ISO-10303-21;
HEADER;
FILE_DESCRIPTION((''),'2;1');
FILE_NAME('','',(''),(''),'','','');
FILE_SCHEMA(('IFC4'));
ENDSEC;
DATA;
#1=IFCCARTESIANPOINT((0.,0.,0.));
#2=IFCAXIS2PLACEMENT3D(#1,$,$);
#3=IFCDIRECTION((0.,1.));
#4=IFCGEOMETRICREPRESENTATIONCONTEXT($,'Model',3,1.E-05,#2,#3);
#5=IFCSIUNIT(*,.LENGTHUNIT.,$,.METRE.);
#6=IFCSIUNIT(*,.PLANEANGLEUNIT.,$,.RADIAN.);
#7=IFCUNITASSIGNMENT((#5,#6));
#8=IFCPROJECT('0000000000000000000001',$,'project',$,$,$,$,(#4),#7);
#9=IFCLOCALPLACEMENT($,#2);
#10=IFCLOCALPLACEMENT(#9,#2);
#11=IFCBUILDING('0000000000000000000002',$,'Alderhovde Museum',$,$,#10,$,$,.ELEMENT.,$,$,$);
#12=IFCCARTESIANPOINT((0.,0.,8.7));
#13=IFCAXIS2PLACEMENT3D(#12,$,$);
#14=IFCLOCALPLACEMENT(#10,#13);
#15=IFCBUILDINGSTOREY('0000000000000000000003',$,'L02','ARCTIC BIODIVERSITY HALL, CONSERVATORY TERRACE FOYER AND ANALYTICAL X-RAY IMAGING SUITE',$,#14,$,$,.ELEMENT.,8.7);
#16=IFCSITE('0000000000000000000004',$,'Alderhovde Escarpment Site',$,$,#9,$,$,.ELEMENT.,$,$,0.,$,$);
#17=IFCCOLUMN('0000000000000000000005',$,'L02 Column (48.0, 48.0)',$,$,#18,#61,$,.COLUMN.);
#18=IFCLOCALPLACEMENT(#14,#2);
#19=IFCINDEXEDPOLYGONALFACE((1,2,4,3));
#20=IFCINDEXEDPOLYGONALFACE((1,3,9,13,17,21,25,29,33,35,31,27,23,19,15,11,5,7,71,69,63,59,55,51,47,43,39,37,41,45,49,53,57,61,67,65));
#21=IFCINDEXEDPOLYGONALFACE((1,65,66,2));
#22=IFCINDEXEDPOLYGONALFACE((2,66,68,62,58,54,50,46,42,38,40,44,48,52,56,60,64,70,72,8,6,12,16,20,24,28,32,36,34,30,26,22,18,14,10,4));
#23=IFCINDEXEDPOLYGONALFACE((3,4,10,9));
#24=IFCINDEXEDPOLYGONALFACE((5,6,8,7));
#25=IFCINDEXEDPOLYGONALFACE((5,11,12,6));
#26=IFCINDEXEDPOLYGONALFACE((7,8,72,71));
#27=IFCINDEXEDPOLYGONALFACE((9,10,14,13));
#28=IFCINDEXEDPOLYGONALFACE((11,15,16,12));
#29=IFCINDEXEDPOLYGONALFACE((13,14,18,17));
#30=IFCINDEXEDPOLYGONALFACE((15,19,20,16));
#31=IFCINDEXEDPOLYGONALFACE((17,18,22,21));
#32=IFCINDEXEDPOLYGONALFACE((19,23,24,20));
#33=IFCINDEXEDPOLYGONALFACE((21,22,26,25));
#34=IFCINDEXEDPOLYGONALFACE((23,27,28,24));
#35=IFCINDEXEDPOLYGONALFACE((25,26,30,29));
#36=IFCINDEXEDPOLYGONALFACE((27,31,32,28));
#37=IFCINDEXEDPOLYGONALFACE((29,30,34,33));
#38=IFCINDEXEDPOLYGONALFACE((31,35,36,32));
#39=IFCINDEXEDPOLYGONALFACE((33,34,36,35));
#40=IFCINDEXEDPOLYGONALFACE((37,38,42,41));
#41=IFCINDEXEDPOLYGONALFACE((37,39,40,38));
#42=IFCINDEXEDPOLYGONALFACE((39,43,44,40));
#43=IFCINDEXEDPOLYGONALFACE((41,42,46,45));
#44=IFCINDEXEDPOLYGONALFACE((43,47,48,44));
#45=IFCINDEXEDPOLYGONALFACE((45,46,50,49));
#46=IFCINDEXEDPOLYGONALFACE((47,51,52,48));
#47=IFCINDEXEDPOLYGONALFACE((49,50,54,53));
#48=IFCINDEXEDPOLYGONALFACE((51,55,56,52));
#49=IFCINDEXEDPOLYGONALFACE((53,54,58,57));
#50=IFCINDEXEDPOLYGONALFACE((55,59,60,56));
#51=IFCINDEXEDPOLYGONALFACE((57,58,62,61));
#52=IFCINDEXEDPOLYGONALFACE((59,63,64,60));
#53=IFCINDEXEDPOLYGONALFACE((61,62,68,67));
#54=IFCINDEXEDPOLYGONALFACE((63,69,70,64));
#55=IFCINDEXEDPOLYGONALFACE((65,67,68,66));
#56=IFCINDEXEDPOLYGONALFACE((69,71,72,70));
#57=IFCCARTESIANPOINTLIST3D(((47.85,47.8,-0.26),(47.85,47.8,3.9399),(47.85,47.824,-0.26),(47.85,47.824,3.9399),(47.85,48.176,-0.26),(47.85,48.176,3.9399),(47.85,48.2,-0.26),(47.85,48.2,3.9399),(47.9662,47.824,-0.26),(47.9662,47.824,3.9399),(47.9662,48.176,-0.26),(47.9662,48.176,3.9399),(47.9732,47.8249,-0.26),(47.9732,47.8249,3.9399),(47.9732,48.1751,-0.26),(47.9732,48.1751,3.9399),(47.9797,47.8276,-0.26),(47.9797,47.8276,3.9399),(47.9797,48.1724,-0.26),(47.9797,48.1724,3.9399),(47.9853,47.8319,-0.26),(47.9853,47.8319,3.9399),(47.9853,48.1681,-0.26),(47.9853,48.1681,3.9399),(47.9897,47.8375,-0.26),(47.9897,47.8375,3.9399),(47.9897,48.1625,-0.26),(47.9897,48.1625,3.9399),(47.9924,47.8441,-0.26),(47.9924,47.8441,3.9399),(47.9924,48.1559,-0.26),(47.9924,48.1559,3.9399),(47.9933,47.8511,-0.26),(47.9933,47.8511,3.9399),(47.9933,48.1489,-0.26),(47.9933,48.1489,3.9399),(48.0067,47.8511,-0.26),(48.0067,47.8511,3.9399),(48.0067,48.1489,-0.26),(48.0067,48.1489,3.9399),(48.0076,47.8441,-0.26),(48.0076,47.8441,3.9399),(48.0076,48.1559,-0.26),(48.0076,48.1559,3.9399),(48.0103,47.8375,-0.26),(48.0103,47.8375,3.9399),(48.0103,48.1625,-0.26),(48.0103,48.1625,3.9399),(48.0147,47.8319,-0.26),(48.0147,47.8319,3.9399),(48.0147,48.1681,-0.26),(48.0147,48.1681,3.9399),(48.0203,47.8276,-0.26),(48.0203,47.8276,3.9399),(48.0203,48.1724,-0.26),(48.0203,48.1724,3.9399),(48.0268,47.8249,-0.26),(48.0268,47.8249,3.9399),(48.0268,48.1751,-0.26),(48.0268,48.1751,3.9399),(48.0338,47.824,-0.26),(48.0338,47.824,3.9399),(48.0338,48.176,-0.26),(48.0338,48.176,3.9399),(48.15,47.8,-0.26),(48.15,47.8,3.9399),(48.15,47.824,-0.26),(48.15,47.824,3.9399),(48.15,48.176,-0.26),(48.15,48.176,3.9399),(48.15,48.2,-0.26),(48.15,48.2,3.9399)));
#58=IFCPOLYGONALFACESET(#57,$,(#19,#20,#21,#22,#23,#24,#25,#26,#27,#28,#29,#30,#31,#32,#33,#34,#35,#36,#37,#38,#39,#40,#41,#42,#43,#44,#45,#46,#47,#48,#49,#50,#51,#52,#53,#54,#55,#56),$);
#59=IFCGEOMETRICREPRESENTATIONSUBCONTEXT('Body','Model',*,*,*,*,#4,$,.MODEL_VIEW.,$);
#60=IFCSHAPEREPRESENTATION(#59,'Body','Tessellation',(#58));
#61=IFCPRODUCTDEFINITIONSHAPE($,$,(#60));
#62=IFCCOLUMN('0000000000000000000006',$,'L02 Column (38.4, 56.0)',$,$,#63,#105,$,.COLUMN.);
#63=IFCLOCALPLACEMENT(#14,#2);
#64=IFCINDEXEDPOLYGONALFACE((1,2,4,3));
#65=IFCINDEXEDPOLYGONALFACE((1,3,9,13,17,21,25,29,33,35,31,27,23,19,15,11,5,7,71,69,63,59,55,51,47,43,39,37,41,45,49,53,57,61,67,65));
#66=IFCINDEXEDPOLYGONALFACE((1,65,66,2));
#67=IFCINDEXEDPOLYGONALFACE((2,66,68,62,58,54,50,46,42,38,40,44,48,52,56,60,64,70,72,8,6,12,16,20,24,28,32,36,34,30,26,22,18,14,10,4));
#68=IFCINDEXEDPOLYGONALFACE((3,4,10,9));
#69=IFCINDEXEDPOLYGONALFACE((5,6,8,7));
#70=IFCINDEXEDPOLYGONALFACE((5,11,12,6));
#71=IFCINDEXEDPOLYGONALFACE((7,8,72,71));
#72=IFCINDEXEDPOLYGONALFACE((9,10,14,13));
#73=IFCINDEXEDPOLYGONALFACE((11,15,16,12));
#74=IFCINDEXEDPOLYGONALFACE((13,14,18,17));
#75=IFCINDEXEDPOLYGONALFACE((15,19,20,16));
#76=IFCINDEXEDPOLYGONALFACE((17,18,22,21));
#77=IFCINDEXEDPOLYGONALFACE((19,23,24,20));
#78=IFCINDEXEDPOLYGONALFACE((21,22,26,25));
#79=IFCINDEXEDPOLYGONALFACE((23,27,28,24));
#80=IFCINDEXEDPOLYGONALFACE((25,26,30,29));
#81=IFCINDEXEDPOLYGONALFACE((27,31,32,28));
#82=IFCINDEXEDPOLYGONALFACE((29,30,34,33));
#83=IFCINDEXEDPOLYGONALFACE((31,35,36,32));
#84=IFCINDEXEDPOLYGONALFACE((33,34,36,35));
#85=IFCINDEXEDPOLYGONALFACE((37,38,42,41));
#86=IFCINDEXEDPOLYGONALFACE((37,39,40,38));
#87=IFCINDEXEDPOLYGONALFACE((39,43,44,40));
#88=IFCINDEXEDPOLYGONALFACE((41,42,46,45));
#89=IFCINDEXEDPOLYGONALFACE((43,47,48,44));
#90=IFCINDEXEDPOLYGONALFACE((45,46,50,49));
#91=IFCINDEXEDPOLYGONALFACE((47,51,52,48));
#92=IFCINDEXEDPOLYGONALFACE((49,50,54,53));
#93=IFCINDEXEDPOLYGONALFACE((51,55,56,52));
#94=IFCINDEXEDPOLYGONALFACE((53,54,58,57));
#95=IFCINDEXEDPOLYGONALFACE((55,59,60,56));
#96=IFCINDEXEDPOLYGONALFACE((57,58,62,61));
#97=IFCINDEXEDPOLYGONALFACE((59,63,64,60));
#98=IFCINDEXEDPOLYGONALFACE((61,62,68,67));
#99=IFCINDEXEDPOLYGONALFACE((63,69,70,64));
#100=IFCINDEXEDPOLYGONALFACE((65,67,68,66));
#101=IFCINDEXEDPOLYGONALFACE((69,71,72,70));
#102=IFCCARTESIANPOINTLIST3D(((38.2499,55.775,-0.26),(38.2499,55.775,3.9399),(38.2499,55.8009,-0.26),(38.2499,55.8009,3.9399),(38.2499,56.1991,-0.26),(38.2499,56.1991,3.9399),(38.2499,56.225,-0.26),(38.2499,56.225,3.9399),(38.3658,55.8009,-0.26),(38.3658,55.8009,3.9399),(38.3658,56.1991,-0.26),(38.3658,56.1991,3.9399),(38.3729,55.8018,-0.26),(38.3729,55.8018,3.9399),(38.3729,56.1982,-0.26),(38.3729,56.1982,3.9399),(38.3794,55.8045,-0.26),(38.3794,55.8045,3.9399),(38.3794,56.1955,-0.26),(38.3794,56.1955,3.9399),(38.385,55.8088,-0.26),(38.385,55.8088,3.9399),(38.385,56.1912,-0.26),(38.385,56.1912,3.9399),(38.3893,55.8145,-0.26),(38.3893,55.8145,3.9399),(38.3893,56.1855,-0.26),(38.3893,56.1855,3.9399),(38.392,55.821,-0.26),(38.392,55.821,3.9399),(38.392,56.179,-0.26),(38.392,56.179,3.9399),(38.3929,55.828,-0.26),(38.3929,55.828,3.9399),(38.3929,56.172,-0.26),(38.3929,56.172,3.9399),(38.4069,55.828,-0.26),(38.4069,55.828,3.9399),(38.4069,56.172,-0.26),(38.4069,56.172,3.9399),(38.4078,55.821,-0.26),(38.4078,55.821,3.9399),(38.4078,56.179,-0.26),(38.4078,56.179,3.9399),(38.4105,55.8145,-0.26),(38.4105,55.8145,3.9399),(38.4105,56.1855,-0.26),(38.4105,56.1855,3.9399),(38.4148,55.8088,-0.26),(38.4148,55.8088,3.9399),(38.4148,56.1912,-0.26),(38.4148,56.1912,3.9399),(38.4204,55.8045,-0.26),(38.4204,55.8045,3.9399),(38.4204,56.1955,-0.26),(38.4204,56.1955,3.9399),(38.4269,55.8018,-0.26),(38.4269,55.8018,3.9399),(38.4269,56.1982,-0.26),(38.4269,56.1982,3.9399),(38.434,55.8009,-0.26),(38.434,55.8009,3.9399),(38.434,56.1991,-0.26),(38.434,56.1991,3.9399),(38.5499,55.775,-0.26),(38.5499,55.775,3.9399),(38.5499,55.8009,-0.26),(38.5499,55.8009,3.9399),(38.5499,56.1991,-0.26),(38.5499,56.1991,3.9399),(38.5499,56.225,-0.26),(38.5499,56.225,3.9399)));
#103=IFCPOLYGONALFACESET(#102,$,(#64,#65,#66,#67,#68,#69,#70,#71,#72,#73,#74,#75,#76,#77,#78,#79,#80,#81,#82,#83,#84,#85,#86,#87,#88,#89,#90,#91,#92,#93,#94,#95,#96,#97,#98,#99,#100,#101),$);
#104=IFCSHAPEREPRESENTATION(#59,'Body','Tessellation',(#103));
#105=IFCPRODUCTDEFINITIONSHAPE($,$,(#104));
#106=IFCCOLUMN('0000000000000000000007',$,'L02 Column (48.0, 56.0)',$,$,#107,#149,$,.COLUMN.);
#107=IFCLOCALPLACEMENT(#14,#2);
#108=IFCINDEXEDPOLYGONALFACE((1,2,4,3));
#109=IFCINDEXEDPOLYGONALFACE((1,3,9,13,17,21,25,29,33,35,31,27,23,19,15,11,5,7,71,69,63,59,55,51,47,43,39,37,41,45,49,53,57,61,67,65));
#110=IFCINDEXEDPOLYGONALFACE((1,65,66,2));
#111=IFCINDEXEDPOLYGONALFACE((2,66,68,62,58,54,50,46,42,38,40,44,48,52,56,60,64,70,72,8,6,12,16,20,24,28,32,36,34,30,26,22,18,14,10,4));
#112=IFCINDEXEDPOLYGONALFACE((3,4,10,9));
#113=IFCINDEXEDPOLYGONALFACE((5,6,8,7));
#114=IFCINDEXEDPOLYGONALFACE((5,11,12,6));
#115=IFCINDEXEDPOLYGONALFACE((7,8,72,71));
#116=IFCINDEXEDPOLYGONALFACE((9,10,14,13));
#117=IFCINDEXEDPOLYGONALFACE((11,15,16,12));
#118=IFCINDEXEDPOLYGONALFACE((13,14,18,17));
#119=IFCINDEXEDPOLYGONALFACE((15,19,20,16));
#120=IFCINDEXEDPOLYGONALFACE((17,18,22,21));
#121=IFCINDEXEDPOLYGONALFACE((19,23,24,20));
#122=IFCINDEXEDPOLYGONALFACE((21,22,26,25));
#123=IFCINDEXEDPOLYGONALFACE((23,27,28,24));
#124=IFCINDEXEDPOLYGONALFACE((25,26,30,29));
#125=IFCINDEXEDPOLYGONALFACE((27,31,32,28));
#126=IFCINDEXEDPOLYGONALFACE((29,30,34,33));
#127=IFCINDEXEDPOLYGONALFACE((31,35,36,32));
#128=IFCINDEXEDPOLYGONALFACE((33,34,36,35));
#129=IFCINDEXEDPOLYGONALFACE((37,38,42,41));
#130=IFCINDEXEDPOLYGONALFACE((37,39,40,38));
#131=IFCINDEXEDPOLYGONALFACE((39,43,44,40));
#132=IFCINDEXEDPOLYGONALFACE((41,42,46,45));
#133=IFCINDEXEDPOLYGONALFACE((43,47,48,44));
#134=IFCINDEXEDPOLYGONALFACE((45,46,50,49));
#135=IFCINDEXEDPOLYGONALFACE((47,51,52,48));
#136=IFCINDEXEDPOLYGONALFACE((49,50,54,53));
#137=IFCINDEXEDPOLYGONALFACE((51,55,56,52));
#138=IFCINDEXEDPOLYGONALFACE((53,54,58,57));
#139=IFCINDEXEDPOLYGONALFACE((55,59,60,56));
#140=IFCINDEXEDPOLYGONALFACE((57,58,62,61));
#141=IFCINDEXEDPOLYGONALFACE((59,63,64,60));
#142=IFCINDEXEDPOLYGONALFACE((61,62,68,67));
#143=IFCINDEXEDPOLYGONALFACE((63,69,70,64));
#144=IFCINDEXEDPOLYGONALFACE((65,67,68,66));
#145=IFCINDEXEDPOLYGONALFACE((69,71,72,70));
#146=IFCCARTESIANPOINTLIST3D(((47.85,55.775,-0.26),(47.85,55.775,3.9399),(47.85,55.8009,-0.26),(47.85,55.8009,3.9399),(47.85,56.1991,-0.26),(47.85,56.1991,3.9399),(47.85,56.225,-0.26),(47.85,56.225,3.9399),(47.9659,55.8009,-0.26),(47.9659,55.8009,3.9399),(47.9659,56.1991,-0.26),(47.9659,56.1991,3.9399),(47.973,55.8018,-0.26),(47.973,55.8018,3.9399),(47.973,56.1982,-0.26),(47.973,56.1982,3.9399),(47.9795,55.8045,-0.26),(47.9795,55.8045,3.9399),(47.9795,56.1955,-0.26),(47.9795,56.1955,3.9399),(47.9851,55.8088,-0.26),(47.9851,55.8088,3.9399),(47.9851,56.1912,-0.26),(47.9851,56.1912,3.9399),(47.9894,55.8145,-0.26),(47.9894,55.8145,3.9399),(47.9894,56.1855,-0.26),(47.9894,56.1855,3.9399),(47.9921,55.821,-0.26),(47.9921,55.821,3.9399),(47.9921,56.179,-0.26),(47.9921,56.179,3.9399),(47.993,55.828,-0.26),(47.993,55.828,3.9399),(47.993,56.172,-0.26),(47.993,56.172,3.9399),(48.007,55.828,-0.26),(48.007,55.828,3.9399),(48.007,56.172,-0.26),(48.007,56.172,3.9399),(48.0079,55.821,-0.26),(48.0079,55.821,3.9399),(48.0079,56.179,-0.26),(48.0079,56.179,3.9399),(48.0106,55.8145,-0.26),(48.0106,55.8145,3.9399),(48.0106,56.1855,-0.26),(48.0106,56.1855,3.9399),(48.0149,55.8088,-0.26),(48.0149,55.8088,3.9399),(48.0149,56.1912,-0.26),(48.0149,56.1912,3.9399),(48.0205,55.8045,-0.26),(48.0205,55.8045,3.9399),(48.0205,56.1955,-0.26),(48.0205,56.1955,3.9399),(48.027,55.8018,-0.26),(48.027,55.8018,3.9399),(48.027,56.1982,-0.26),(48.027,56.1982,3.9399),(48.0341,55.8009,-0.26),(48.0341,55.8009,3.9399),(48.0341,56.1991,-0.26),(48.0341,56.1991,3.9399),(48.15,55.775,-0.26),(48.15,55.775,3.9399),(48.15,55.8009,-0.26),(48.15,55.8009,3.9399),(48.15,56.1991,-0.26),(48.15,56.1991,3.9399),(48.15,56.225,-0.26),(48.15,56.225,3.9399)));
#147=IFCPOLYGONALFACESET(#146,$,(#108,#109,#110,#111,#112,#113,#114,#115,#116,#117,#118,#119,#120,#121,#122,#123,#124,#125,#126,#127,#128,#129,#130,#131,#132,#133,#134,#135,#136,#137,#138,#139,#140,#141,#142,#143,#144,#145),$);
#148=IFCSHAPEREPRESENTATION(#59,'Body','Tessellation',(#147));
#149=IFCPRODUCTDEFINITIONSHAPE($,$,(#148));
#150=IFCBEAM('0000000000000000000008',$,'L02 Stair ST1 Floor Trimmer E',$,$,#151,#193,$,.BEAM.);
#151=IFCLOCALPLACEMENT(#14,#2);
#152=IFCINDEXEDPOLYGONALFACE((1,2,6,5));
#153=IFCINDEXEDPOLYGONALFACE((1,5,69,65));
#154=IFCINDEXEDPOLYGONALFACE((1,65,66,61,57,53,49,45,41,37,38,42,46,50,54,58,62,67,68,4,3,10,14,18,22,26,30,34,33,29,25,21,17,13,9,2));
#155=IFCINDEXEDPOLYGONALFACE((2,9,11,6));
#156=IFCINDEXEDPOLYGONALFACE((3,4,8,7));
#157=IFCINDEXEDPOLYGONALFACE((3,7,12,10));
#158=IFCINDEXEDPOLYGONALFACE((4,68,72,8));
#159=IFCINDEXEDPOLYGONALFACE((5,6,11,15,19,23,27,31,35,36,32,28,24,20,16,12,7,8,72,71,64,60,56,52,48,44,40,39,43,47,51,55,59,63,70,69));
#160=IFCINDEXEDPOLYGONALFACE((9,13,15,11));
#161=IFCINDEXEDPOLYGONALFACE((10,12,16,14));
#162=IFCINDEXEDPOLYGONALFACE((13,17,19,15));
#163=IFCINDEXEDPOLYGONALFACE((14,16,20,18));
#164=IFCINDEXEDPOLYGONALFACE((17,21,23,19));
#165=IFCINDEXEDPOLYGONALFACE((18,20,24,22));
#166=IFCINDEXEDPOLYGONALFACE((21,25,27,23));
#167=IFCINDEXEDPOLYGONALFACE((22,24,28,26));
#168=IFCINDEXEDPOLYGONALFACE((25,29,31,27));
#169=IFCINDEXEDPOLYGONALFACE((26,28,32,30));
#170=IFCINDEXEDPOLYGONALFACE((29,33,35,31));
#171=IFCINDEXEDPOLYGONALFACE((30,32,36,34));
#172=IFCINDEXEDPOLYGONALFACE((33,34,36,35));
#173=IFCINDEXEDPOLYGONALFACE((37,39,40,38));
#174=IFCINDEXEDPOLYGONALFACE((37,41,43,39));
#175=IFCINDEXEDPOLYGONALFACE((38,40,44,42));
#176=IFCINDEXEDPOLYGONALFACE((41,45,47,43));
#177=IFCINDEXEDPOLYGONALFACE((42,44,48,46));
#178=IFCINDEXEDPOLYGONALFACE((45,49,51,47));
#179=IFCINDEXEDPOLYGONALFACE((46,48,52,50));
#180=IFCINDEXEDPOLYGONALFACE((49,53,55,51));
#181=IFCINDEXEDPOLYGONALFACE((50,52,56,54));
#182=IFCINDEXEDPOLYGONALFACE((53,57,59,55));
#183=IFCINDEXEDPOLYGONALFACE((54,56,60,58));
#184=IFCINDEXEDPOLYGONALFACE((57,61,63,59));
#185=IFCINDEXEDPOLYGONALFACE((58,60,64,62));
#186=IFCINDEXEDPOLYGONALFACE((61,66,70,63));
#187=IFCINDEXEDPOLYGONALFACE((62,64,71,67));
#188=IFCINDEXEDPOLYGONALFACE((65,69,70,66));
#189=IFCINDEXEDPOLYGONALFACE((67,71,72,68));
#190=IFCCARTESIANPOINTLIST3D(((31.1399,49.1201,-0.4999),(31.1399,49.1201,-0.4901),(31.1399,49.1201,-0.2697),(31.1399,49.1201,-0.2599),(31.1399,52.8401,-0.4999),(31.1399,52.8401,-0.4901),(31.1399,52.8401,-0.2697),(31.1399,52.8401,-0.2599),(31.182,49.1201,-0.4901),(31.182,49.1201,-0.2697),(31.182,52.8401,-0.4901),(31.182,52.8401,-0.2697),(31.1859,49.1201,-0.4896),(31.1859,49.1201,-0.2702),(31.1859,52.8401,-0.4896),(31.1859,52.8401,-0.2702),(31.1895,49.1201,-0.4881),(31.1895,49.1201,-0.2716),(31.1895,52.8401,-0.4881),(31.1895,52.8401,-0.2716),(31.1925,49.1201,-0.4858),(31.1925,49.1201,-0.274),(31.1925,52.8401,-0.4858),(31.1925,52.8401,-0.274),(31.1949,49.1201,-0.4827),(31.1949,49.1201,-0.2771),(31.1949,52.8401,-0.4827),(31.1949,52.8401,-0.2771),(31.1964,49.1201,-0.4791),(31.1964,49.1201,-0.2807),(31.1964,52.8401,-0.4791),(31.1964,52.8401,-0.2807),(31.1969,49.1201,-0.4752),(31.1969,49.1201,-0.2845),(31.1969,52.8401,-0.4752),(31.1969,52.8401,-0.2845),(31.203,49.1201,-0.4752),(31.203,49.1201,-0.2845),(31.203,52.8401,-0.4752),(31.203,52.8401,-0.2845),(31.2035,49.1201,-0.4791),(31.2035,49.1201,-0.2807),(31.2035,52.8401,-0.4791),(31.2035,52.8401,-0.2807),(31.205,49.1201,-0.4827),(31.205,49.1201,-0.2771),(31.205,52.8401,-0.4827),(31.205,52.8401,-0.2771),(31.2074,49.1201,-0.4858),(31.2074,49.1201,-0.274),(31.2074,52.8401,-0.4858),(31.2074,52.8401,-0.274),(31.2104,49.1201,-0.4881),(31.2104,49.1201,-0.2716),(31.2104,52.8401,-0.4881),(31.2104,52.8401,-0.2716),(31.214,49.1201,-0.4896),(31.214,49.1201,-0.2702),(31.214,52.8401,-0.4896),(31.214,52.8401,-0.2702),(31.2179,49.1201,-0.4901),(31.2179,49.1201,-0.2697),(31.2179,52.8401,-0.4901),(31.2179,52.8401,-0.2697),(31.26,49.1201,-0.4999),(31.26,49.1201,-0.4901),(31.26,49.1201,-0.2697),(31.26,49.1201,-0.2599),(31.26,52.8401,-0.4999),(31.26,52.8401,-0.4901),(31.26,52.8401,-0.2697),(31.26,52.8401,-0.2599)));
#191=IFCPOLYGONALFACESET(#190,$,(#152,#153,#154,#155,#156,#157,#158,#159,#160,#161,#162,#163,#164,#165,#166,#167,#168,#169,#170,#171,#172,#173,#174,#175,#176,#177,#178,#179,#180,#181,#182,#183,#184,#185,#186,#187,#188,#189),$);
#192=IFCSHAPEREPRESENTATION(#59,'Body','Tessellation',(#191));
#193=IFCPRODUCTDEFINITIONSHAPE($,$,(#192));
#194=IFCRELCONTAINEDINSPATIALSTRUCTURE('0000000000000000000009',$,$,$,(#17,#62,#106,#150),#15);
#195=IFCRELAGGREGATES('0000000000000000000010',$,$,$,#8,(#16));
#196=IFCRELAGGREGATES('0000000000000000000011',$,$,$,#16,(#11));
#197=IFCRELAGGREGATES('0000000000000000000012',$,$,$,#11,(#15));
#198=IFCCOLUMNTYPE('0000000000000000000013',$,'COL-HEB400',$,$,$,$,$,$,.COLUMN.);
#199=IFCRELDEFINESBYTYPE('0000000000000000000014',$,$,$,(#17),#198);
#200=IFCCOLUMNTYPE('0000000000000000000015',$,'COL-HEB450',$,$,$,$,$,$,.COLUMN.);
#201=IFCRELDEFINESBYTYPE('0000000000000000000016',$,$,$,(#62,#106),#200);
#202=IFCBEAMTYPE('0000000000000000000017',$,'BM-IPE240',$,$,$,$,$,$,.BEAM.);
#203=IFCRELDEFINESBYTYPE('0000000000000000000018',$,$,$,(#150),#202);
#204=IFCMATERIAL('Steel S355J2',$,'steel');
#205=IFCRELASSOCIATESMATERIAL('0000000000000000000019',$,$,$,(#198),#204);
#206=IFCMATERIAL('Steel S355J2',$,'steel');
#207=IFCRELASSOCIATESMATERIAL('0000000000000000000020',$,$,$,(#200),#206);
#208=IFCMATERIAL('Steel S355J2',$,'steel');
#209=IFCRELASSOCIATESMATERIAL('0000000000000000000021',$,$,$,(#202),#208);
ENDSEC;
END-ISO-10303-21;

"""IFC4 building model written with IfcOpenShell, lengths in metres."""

from ifc_helpers import new_model, si_unit, direction, frame, origin, origin_2d, place, context, subcontext, project, spatial, i_section, extrude, material, material_profile, profile_set, type_object, element, save


model = new_model("IFC4")

# Units and contexts
model_context = context("Model", 3, precision=1e-05, world=origin(), true_north=direction((0.0, 1.0)))
body_context = subcontext(model_context, "Body", "Model", "MODEL_VIEW")
ifc_project = project(units=[si_unit("LENGTHUNIT", "METRE"), si_unit("PLANEANGLEUNIT", "RADIAN")], contexts=[model_context])

# Site, building, storey
site_placement = place(None, origin())
site = spatial("IfcSite", under=ifc_project, at=site_placement, Name="Alderhovde Escarpment Site", CompositionType="ELEMENT", RefElevation=0.0)
building_placement = place(site_placement, origin())
building = spatial("IfcBuilding", under=site, at=building_placement, Name="Alderhovde Museum", CompositionType="ELEMENT")
storey_placement = place(building_placement, frame((0.0, 0.0, 8.7)))
storey = spatial("IfcBuildingStorey", under=building, at=storey_placement, Name="L02", Description="ARCTIC BIODIVERSITY HALL, CONSERVATORY TERRACE FOYER AND ANALYTICAL X-RAY IMAGING SUITE", CompositionType="ELEMENT", Elevation=8.7)

# Columns
ifc_material_1 = material(Name="Steel S355J2", Category="steel")
ifc_material_profile_1 = material_profile(ifc_material_1, i_section(OverallWidth=0.3, OverallDepth=0.3999, WebThickness=0.0134, FlangeThickness=0.0239, FilletRadius=0.0271, at=origin_2d()), Name="HEB 400")
ifc_profile_set_1 = profile_set([ifc_material_profile_1], Name="Steel S355J2")
column_type_1 = type_object("IfcColumnType", Name="COL-HEB400", PredefinedType="COLUMN", material=ifc_profile_set_1)
for number, where, z_axis, x_axis, name in (
    (1, (48.0, 48.0, -0.26), (0.0, 0.0, 1.0), (1.0, 0.0, 0.0), "L02 Column (48.0, 48.0)"),
):
    element("IfcColumn", number, at=place(storey_placement, frame(where, z_axis=z_axis, x_axis=x_axis)), inside=storey, type_object=column_type_1, Name=name, PredefinedType="COLUMN", context=body_context, shape_type="SweptSolid", body=[
        extrude(i_section(OverallWidth=0.3, OverallDepth=0.3999, WebThickness=0.0134, FlangeThickness=0.0239, FilletRadius=0.0271, at=origin_2d()), origin(), (0.0, 0.0, 1.0), 4.2),
    ])
ifc_material_2 = material(Name="Steel S355J2", Category="steel")
ifc_material_profile_2 = material_profile(ifc_material_2, i_section(OverallWidth=0.3, OverallDepth=0.45, WebThickness=0.0139, FlangeThickness=0.0259, FilletRadius=0.0271, at=origin_2d()), Name="HEB 450")
ifc_profile_set_2 = profile_set([ifc_material_profile_2], Name="Steel S355J2")
column_type_2 = type_object("IfcColumnType", Name="COL-HEB450", PredefinedType="COLUMN", material=ifc_profile_set_2)
for number, where, z_axis, x_axis, name in (
    (2, (38.3999, 56.0, -0.26), (0.0, 0.0, 1.0), (1.0, 0.0, 0.0), "L02 Column (38.4, 56.0)"),
    (3, (48.0, 56.0, -0.26), (0.0, 0.0, 1.0), (1.0, 0.0, 0.0), "L02 Column (48.0, 56.0)"),
):
    element("IfcColumn", number, at=place(storey_placement, frame(where, z_axis=z_axis, x_axis=x_axis)), inside=storey, type_object=column_type_2, Name=name, PredefinedType="COLUMN", context=body_context, shape_type="SweptSolid", body=[
        extrude(i_section(OverallWidth=0.3, OverallDepth=0.45, WebThickness=0.0139, FlangeThickness=0.0259, FilletRadius=0.0271, at=origin_2d()), origin(), (0.0, 0.0, 1.0), 4.2),
    ])

# Beam
ifc_material_3 = material(Name="Steel S355J2", Category="steel")
ifc_material_profile_3 = material_profile(ifc_material_3, i_section(OverallWidth=0.1201, OverallDepth=0.24, WebThickness=0.0061, FlangeThickness=0.0098, FilletRadius=0.0149, at=origin_2d()), Name="IPE 240")
ifc_profile_set_3 = profile_set([ifc_material_profile_3], Name="Steel S355J2")
beam_type_1 = type_object("IfcBeamType", Name="BM-IPE240", PredefinedType="BEAM", material=ifc_profile_set_3)
for number, where, z_axis, x_axis, name in (
    (4, (31.2, 49.1201, -0.3799), (0.0, 1.0, 0.0), (-1.0, 0.0, 0.0), "L02 Stair ST1 Floor Trimmer E"),
):
    element("IfcBeam", number, at=place(storey_placement, frame(where, z_axis=z_axis, x_axis=x_axis)), inside=storey, type_object=beam_type_1, Name=name, PredefinedType="BEAM", context=body_context, shape_type="SweptSolid", body=[
        extrude(i_section(OverallWidth=0.1201, OverallDepth=0.24, WebThickness=0.0061, FlangeThickness=0.0098, FilletRadius=0.0149, at=origin_2d()), origin(), (0.0, 0.0, 1.0), 3.72),
    ])

save(model, "model.ifc")
